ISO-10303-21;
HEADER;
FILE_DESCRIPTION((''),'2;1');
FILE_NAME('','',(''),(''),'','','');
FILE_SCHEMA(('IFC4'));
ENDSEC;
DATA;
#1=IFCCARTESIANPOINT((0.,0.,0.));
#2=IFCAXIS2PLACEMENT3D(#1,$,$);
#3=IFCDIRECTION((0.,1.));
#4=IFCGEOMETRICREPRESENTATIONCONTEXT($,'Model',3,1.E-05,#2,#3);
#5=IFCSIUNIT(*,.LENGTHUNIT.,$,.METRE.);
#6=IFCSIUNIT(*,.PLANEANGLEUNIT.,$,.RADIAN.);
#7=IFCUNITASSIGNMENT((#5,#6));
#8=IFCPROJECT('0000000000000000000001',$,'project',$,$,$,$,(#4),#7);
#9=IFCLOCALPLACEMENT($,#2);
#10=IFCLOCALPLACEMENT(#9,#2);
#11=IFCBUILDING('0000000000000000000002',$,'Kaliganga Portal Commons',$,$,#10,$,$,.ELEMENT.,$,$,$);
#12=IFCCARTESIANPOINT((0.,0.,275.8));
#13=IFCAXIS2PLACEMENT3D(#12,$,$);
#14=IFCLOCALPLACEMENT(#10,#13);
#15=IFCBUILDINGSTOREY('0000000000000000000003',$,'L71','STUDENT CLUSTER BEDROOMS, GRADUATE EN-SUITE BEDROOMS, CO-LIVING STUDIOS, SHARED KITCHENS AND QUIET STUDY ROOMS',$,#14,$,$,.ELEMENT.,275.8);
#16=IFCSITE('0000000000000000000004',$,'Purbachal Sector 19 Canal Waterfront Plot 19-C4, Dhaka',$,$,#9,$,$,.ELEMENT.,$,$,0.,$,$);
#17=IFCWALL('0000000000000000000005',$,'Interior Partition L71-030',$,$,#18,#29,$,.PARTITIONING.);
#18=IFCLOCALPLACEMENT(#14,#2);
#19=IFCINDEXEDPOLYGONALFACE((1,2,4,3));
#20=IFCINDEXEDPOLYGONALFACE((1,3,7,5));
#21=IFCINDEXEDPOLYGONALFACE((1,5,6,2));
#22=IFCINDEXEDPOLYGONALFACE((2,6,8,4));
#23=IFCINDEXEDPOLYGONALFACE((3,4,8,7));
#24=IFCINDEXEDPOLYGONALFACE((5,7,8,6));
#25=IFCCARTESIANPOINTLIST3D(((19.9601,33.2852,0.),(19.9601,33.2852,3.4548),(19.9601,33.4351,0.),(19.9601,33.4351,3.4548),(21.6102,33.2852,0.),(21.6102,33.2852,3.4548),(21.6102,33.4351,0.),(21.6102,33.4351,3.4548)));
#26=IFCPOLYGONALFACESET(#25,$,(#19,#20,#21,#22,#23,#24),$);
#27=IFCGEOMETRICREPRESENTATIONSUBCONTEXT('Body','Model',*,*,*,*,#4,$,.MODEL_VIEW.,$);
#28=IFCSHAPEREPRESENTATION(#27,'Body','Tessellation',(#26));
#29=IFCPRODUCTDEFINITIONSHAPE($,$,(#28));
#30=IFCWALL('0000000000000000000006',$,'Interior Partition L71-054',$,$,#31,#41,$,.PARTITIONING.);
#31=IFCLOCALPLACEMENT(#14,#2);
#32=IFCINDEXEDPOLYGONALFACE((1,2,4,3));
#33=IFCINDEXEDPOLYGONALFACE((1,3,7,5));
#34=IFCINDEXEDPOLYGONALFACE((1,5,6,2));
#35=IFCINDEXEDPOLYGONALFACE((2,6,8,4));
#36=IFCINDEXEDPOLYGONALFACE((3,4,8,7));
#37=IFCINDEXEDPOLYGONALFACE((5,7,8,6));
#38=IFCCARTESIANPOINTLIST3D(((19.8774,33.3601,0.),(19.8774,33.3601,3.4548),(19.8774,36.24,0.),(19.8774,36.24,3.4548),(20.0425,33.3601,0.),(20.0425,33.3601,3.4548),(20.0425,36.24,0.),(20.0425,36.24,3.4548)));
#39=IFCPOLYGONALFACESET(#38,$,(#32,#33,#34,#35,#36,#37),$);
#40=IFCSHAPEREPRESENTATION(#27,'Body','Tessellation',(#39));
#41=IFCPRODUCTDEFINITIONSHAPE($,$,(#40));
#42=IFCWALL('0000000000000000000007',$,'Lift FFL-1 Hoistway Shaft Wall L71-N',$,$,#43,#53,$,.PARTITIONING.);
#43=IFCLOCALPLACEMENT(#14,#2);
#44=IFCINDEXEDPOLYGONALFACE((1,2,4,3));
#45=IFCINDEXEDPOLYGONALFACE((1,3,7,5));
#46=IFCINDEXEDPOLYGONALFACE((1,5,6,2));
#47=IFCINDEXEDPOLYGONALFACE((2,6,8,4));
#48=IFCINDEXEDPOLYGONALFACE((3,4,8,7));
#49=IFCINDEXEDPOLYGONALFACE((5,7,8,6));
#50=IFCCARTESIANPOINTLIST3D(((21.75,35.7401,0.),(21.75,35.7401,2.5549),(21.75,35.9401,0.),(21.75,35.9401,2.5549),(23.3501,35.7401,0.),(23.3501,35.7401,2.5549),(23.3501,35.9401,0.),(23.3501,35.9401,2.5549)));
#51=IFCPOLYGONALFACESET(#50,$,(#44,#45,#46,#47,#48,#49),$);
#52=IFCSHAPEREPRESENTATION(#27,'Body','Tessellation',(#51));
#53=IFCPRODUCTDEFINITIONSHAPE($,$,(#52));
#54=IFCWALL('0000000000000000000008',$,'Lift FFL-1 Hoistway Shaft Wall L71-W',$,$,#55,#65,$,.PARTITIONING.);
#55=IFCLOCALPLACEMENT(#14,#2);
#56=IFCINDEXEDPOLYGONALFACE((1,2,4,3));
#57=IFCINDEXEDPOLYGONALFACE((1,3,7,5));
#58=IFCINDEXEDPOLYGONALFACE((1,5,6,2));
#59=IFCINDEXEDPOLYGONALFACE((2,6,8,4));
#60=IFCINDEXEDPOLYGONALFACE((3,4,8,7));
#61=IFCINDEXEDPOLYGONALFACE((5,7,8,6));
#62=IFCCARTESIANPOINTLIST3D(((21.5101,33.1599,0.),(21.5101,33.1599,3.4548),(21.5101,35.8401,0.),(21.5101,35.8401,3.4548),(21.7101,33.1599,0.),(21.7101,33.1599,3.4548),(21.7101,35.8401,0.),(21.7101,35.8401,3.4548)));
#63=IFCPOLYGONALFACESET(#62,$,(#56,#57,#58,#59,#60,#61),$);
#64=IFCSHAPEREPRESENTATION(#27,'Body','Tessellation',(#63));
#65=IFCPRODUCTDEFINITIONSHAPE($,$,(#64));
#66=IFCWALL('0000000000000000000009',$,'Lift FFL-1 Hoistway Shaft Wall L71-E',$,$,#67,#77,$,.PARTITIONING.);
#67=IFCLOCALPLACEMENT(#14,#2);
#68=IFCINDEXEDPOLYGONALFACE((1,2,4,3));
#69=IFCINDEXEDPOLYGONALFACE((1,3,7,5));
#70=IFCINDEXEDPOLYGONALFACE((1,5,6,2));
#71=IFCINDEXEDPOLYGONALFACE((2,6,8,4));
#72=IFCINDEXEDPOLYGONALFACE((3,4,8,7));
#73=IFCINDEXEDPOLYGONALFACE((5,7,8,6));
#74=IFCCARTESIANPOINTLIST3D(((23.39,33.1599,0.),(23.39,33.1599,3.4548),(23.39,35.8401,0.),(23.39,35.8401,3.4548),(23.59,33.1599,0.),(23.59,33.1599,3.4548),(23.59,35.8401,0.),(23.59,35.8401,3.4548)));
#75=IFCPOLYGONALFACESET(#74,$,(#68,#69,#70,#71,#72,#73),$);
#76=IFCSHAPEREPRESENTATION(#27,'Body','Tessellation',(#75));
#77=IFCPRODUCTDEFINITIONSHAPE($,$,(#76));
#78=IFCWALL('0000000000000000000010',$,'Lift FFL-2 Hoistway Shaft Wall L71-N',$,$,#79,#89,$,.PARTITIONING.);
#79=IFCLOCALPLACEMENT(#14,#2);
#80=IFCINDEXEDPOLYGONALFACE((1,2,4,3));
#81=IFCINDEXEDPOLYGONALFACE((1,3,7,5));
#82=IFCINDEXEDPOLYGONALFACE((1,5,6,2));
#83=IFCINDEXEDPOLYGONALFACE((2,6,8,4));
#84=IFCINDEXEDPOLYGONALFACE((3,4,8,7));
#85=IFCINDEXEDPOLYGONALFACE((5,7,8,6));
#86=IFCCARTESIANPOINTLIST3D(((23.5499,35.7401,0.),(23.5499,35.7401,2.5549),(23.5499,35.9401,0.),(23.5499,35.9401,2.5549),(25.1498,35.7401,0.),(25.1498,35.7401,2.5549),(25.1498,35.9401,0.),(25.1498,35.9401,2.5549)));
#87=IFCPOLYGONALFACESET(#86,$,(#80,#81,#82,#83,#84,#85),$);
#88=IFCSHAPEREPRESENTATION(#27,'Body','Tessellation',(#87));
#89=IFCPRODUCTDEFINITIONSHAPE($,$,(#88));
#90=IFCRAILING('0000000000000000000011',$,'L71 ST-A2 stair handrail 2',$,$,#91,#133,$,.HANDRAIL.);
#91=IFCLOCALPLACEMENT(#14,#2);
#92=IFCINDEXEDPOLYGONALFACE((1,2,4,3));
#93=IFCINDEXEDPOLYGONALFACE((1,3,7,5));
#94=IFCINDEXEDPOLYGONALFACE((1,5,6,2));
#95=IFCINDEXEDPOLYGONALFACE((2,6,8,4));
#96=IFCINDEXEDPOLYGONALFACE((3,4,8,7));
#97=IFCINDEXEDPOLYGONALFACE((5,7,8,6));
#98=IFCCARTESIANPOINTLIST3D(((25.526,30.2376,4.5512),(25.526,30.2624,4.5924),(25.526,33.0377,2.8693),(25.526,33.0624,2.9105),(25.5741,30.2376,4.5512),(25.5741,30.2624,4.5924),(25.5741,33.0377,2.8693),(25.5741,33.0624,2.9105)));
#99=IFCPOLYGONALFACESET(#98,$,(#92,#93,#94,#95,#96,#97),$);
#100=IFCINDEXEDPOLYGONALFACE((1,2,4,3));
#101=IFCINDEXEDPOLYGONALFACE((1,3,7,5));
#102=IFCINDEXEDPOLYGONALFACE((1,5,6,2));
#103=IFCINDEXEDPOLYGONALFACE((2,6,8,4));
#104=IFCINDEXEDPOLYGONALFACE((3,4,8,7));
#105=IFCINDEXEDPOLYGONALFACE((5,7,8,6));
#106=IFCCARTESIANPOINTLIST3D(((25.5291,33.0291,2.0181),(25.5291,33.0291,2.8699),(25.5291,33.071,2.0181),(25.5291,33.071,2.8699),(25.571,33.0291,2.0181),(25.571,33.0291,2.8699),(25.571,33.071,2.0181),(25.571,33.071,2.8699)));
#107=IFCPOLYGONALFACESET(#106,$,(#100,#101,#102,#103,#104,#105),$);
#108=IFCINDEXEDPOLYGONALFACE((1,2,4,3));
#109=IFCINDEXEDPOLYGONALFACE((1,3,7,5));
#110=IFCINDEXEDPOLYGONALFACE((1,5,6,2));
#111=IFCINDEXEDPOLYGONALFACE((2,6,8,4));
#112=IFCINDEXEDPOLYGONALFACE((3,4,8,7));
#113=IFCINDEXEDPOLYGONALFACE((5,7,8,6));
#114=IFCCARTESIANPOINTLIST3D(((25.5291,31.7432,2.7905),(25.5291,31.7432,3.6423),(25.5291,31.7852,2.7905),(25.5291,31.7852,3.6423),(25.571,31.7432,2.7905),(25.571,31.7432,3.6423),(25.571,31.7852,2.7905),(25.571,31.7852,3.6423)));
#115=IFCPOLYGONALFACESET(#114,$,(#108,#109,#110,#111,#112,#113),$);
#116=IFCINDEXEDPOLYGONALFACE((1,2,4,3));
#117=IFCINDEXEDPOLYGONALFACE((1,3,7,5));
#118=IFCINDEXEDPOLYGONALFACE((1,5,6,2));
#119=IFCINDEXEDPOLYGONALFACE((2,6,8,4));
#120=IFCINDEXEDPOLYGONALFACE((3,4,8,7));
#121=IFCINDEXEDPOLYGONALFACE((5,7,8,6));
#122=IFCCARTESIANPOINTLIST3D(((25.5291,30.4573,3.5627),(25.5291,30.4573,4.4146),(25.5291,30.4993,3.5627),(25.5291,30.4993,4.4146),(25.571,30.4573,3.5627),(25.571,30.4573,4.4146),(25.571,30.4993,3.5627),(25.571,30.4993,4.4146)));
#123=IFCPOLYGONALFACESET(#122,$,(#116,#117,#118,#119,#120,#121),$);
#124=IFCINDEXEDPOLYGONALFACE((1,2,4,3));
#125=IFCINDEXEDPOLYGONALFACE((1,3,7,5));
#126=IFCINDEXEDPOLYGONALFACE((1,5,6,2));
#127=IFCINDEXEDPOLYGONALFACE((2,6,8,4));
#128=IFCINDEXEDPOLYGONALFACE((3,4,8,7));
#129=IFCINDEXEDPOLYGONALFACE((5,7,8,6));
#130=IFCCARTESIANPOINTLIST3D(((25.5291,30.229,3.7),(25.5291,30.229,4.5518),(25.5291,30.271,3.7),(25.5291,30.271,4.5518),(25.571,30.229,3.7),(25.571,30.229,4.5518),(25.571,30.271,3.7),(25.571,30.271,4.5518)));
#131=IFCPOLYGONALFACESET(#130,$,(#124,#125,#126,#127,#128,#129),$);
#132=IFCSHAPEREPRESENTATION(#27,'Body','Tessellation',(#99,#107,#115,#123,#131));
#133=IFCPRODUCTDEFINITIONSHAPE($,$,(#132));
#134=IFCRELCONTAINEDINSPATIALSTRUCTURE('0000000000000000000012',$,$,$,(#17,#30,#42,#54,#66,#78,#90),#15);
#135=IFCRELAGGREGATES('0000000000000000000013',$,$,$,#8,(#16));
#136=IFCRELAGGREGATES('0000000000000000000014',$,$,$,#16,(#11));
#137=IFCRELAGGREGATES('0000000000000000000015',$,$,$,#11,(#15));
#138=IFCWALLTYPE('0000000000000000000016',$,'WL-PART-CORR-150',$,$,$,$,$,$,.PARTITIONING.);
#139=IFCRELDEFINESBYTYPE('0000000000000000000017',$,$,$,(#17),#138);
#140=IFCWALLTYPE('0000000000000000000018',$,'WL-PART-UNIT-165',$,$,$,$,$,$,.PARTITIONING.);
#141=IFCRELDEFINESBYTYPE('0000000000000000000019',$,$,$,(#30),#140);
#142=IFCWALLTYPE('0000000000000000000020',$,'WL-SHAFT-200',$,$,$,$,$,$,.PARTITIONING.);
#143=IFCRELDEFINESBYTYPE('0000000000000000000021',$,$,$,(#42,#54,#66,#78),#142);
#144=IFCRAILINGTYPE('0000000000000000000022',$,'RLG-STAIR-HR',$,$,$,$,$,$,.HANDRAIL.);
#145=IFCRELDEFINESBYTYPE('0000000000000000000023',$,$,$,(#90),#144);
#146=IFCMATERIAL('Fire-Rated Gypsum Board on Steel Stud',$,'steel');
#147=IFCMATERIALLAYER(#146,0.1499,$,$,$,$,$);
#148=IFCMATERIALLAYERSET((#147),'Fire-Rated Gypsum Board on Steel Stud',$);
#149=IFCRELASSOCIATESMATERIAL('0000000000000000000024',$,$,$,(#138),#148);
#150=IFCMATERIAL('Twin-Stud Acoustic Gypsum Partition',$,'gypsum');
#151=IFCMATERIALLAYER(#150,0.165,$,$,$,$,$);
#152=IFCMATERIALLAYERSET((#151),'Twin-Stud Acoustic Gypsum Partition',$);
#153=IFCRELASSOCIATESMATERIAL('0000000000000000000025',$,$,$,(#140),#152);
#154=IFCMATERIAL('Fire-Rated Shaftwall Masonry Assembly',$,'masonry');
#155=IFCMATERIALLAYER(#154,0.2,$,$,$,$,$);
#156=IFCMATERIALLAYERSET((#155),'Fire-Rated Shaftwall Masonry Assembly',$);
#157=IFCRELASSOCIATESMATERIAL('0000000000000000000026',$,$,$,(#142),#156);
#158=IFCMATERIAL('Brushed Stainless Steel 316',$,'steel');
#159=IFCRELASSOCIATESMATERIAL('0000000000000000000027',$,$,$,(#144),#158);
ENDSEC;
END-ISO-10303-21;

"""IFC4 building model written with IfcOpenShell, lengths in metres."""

from ifc_helpers import new_model, si_unit, direction, frame, frame_2d, origin, origin_2d, place, context, subcontext, project, spatial, rectangle, extrude, material, layer, layer_set, type_object, element, save


model = new_model("IFC4")

# Units and contexts
model_context = context("Model", 3, precision=1e-05, world=origin(), true_north=direction((0.0, 1.0)))
body_context = subcontext(model_context, "Body", "Model", "MODEL_VIEW")
ifc_project = project(units=[si_unit("LENGTHUNIT", "METRE"), si_unit("PLANEANGLEUNIT", "RADIAN")], contexts=[model_context])

# Site, building, storey
site_placement = place(None, origin())
site = spatial("IfcSite", under=ifc_project, at=site_placement, Name="Purbachal Sector 19 Canal Waterfront Plot 19-C4, Dhaka", CompositionType="ELEMENT", RefElevation=0.0)
building_placement = place(site_placement, origin())
building = spatial("IfcBuilding", under=site, at=building_placement, Name="Kaliganga Portal Commons", CompositionType="ELEMENT")
storey_placement = place(building_placement, frame((0.0, 0.0, 275.8)))
storey = spatial("IfcBuildingStorey", under=building, at=storey_placement, Name="L71", Description="STUDENT CLUSTER BEDROOMS, GRADUATE EN-SUITE BEDROOMS, CO-LIVING STUDIOS, SHARED KITCHENS AND QUIET STUDY ROOMS", CompositionType="ELEMENT", Elevation=275.8)

# Walls
ifc_material_1 = material(Name="Fire-Rated Gypsum Board on Steel Stud", Category="steel")
ifc_layer_1 = layer(ifc_material_1, 0.1499)
ifc_layer_set_1 = layer_set([ifc_layer_1], Name="Fire-Rated Gypsum Board on Steel Stud")
wall_type_1 = type_object("IfcWallType", Name="WL-PART-CORR-150", PredefinedType="PARTITIONING", material=ifc_layer_set_1)
wall_1_placement = place(storey_placement, frame((19.96, 33.3601, 0.0), z_axis=(0.0, 0.0, 1.0), x_axis=(1.0, 0.0, 0.0)))
element("IfcWall", 1, at=wall_1_placement, inside=storey, type_object=wall_type_1, Name="Interior Partition L71-030", PredefinedType="PARTITIONING", context=body_context, shape_type="SweptSolid", body=[
    extrude(rectangle(XDim=1.6501, YDim=0.1499, at=frame_2d((0.8252, 0.0))), origin(), (0.0, 0.0, 1.0), 3.4548),
])
ifc_material_2 = material(Name="Twin-Stud Acoustic Gypsum Partition", Category="gypsum")
ifc_layer_2 = layer(ifc_material_2, 0.165)
ifc_layer_set_2 = layer_set([ifc_layer_2], Name="Twin-Stud Acoustic Gypsum Partition")
wall_type_2 = type_object("IfcWallType", Name="WL-PART-UNIT-165", PredefinedType="PARTITIONING", material=ifc_layer_set_2)
wall_2_placement = place(storey_placement, frame((19.96, 33.3601, 0.0), z_axis=(0.0, 0.0, 1.0), x_axis=(0.0, 1.0, 0.0)))
element("IfcWall", 2, at=wall_2_placement, inside=storey, type_object=wall_type_2, Name="Interior Partition L71-054", PredefinedType="PARTITIONING", context=body_context, shape_type="SweptSolid", body=[
    extrude(rectangle(XDim=2.8799, YDim=0.165, at=frame_2d((1.4399, 0.0))), origin(), (0.0, 0.0, 1.0), 3.4548),
])

# Shared definitions
ifc_material_3 = material(Name="Fire-Rated Shaftwall Masonry Assembly", Category="masonry")
ifc_layer_3 = layer(ifc_material_3, 0.2)
ifc_layer_set_3 = layer_set([ifc_layer_3], Name="Fire-Rated Shaftwall Masonry Assembly")
wall_type_3 = type_object("IfcWallType", Name="WL-SHAFT-200", PredefinedType="PARTITIONING", material=ifc_layer_set_3)

# Walls
wall_3_placement = place(storey_placement, frame((21.75, 35.8401, 0.0), z_axis=(0.0, 0.0, 1.0), x_axis=(1.0, 0.0, 0.0)))
element("IfcWall", 3, at=wall_3_placement, inside=storey, type_object=wall_type_3, Name="Lift FFL-1 Hoistway Shaft Wall L71-N", PredefinedType="PARTITIONING", context=body_context, shape_type="SweptSolid", body=[
    extrude(rectangle(XDim=1.6001, YDim=0.2, at=frame_2d((0.8, 0.0))), origin(), (0.0, 0.0, 1.0), 2.5549),
])
for number, where, z_axis, x_axis, name in (
    (4, (21.6101, 33.1599, 0.0), (0.0, 0.0, 1.0), (0.0, 1.0, 0.0), "Lift FFL-1 Hoistway Shaft Wall L71-W"),
    (5, (23.49, 33.1599, 0.0), (0.0, 0.0, 1.0), (0.0, 1.0, 0.0), "Lift FFL-1 Hoistway Shaft Wall L71-E"),
):
    element("IfcWall", number, at=place(storey_placement, frame(where, z_axis=z_axis, x_axis=x_axis)), inside=storey, type_object=wall_type_3, Name=name, PredefinedType="PARTITIONING", context=body_context, shape_type="SweptSolid", body=[
        extrude(rectangle(XDim=2.6802, YDim=0.2, at=frame_2d((1.3401, 0.0))), origin(), (0.0, 0.0, 1.0), 3.4548),
    ])

# Wall
wall_4_placement = place(storey_placement, frame((23.55, 35.8401, 0.0), z_axis=(0.0, 0.0, 1.0), x_axis=(1.0, 0.0, 0.0)))
element("IfcWall", 6, at=wall_4_placement, inside=storey, type_object=wall_type_3, Name="Lift FFL-2 Hoistway Shaft Wall L71-N", PredefinedType="PARTITIONING", context=body_context, shape_type="SweptSolid", body=[
    extrude(rectangle(XDim=1.5999, YDim=0.2, at=frame_2d((0.7998, 0.0))), origin(), (0.0, 0.0, 1.0), 2.5549),
])

# Railing
ifc_material_4 = material(Name="Brushed Stainless Steel 316", Category="steel")
railing_type = type_object("IfcRailingType", Name="RLG-STAIR-HR", PredefinedType="HANDRAIL", material=ifc_material_4)
railing_placement = place(storey_placement, frame((25.55, 33.05, 2.0181)))
element("IfcRailing", 7, at=railing_placement, inside=storey, type_object=railing_type, Name="L71 ST-A2 stair handrail 2", PredefinedType="HANDRAIL", context=body_context, shape_type="SweptSolid", body=[
    extrude(rectangle(XDim=0.0481, YDim=0.0481, at=origin_2d()), frame((0.0, 0.0, 0.8718), z_axis=(0.0, -0.857242, 0.514913), x_axis=(1.0, 0.0, 0.0)), (0.0, 0.0, 1.0), 3.2664),
    extrude(rectangle(XDim=0.042, YDim=0.042, at=origin_2d()), origin(), (0.0, 0.0, 1.0), 0.8518),
    extrude(rectangle(XDim=0.042, YDim=0.042, at=origin_2d()), frame((0.0, -1.2859, 0.7725)), (0.0, 0.0, 1.0), 0.8518),
    extrude(rectangle(XDim=0.042, YDim=0.042, at=origin_2d()), frame((0.0, -2.5718, 1.5447)), (0.0, 0.0, 1.0), 0.8518),
    extrude(rectangle(XDim=0.042, YDim=0.042, at=origin_2d()), frame((0.0, -2.8, 1.6819)), (0.0, 0.0, 1.0), 0.8518),
])

save(model, "model.ifc")
